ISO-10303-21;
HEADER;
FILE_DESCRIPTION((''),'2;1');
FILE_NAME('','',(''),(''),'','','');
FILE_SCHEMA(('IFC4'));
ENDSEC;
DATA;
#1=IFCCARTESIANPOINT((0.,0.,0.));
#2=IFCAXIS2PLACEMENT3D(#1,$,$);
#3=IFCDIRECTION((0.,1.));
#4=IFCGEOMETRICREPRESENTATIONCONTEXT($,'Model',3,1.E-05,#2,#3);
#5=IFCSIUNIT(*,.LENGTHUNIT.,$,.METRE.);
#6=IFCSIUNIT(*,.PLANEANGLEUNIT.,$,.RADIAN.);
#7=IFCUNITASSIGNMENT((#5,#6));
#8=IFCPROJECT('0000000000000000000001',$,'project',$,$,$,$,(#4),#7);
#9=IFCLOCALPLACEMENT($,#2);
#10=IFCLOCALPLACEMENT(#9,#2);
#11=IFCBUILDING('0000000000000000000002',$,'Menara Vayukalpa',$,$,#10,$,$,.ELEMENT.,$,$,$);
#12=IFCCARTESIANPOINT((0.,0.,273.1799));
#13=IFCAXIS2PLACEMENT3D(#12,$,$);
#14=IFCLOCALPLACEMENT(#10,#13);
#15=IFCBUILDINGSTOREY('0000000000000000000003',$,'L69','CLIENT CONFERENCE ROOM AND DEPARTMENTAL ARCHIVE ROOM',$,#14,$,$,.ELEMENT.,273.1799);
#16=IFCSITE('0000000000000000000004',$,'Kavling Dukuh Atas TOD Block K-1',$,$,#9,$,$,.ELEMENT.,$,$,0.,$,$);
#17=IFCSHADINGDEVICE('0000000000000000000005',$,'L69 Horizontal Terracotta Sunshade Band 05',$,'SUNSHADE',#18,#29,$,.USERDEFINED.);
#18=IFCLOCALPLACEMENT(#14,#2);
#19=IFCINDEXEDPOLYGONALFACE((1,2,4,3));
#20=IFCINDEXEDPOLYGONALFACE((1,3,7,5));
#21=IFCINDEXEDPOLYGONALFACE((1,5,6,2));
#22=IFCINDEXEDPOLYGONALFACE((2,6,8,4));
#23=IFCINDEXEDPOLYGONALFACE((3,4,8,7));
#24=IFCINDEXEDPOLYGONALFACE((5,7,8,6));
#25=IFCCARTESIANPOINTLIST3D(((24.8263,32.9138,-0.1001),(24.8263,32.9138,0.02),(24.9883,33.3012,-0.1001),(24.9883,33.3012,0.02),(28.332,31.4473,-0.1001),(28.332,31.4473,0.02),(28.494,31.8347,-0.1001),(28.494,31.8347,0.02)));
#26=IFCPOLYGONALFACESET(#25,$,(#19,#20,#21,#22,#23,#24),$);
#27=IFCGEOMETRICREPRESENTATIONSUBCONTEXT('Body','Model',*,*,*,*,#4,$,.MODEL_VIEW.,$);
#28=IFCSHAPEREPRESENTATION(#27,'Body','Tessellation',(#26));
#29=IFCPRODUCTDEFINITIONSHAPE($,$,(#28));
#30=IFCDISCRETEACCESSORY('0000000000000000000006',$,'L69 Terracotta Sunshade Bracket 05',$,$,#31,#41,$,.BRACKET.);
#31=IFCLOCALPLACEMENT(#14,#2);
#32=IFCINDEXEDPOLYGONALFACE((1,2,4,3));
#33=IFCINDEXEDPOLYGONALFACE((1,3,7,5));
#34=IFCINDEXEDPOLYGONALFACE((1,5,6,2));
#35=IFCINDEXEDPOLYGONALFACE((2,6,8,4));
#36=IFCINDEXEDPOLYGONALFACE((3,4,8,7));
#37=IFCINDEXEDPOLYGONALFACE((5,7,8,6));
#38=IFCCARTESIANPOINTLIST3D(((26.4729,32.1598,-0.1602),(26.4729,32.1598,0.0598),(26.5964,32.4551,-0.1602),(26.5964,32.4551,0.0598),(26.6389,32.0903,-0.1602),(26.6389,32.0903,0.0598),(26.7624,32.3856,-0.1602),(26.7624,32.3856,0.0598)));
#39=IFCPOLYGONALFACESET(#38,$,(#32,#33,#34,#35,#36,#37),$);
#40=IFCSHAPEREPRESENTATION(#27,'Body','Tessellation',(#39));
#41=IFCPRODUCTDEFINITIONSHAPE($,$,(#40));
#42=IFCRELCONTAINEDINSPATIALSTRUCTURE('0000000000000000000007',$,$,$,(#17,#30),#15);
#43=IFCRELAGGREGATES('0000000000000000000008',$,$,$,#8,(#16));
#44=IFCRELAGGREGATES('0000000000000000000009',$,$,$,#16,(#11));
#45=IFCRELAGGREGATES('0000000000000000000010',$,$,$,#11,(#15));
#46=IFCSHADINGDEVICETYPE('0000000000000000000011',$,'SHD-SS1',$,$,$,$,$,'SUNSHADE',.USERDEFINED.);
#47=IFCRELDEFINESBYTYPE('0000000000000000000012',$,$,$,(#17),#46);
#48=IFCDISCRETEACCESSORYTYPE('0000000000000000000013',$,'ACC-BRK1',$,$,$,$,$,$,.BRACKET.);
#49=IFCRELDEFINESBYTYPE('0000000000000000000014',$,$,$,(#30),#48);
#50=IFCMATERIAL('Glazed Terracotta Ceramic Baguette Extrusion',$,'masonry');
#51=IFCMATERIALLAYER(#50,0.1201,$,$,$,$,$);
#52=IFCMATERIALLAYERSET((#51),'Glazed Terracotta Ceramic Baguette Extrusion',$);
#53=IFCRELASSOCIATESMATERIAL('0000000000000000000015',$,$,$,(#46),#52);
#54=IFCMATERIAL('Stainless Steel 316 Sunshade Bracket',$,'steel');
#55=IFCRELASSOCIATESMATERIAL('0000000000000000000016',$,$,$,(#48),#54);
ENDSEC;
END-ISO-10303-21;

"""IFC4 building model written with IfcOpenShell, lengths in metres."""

from ifc_helpers import new_model, si_unit, direction, frame, origin, origin_2d, place, context, subcontext, project, spatial, rectangle, extrude, material, layer, layer_set, type_object, element, save


model = new_model("IFC4")

# Units and contexts
model_context = context("Model", 3, precision=1e-05, world=origin(), true_north=direction((0.0, 1.0)))
body_context = subcontext(model_context, "Body", "Model", "MODEL_VIEW")
ifc_project = project(units=[si_unit("LENGTHUNIT", "METRE"), si_unit("PLANEANGLEUNIT", "RADIAN")], contexts=[model_context])

# Site, building, storey
site_placement = place(None, origin())
site = spatial("IfcSite", under=ifc_project, at=site_placement, Name="Kavling Dukuh Atas TOD Block K-1", CompositionType="ELEMENT", RefElevation=0.0)
building_placement = place(site_placement, origin())
building = spatial("IfcBuilding", under=site, at=building_placement, Name="Menara Vayukalpa", CompositionType="ELEMENT")
storey_placement = place(building_placement, frame((0.0, 0.0, 273.1799)))
storey = spatial("IfcBuildingStorey", under=building, at=storey_placement, Name="L69", Description="CLIENT CONFERENCE ROOM AND DEPARTMENTAL ARCHIVE ROOM", CompositionType="ELEMENT", Elevation=273.1799)

# Shading device
ifc_material_1 = material(Name="Glazed Terracotta Ceramic Baguette Extrusion", Category="masonry")
ifc_layer_1 = layer(ifc_material_1, 0.1201)
ifc_layer_set_1 = layer_set([ifc_layer_1], Name="Glazed Terracotta Ceramic Baguette Extrusion")
shading_device_type = type_object("IfcShadingDeviceType", Name="SHD-SS1", ElementType="SUNSHADE", PredefinedType="USERDEFINED", material=ifc_layer_set_1)
shading_device_placement = place(storey_placement, frame((26.6602, 32.3743, -0.1001), z_axis=(0.0, 0.0, 1.0), x_axis=(-0.922538, 0.385906, 0.0)))
element("IfcShadingDevice", 1, at=shading_device_placement, inside=storey, type_object=shading_device_type, Name="L69 Horizontal Terracotta Sunshade Band 05", ObjectType="SUNSHADE", PredefinedType="USERDEFINED", context=body_context, shape_type="SweptSolid", body=[
    extrude(rectangle(XDim=3.8, YDim=0.4199, at=origin_2d()), origin(), (0.0, 0.0, 1.0), 0.1201),
])

# Discrete accessory
ifc_material_2 = material(Name="Stainless Steel 316 Sunshade Bracket", Category="steel")
discrete_accessory_type = type_object("IfcDiscreteAccessoryType", Name="ACC-BRK1", PredefinedType="BRACKET", material=ifc_material_2)
discrete_accessory_placement = place(storey_placement, frame((26.6177, 32.2727, -0.1602), z_axis=(0.0, 0.0, 1.0), x_axis=(-0.922538, 0.385906, 0.0)))
element("IfcDiscreteAccessory", 2, at=discrete_accessory_placement, inside=storey, type_object=discrete_accessory_type, Name="L69 Terracotta Sunshade Bracket 05", PredefinedType="BRACKET", context=body_context, shape_type="SweptSolid", body=[
    extrude(rectangle(XDim=0.1799, YDim=0.3201, at=origin_2d()), origin(), (0.0, 0.0, 1.0), 0.22),
])

save(model, "model.ifc")
